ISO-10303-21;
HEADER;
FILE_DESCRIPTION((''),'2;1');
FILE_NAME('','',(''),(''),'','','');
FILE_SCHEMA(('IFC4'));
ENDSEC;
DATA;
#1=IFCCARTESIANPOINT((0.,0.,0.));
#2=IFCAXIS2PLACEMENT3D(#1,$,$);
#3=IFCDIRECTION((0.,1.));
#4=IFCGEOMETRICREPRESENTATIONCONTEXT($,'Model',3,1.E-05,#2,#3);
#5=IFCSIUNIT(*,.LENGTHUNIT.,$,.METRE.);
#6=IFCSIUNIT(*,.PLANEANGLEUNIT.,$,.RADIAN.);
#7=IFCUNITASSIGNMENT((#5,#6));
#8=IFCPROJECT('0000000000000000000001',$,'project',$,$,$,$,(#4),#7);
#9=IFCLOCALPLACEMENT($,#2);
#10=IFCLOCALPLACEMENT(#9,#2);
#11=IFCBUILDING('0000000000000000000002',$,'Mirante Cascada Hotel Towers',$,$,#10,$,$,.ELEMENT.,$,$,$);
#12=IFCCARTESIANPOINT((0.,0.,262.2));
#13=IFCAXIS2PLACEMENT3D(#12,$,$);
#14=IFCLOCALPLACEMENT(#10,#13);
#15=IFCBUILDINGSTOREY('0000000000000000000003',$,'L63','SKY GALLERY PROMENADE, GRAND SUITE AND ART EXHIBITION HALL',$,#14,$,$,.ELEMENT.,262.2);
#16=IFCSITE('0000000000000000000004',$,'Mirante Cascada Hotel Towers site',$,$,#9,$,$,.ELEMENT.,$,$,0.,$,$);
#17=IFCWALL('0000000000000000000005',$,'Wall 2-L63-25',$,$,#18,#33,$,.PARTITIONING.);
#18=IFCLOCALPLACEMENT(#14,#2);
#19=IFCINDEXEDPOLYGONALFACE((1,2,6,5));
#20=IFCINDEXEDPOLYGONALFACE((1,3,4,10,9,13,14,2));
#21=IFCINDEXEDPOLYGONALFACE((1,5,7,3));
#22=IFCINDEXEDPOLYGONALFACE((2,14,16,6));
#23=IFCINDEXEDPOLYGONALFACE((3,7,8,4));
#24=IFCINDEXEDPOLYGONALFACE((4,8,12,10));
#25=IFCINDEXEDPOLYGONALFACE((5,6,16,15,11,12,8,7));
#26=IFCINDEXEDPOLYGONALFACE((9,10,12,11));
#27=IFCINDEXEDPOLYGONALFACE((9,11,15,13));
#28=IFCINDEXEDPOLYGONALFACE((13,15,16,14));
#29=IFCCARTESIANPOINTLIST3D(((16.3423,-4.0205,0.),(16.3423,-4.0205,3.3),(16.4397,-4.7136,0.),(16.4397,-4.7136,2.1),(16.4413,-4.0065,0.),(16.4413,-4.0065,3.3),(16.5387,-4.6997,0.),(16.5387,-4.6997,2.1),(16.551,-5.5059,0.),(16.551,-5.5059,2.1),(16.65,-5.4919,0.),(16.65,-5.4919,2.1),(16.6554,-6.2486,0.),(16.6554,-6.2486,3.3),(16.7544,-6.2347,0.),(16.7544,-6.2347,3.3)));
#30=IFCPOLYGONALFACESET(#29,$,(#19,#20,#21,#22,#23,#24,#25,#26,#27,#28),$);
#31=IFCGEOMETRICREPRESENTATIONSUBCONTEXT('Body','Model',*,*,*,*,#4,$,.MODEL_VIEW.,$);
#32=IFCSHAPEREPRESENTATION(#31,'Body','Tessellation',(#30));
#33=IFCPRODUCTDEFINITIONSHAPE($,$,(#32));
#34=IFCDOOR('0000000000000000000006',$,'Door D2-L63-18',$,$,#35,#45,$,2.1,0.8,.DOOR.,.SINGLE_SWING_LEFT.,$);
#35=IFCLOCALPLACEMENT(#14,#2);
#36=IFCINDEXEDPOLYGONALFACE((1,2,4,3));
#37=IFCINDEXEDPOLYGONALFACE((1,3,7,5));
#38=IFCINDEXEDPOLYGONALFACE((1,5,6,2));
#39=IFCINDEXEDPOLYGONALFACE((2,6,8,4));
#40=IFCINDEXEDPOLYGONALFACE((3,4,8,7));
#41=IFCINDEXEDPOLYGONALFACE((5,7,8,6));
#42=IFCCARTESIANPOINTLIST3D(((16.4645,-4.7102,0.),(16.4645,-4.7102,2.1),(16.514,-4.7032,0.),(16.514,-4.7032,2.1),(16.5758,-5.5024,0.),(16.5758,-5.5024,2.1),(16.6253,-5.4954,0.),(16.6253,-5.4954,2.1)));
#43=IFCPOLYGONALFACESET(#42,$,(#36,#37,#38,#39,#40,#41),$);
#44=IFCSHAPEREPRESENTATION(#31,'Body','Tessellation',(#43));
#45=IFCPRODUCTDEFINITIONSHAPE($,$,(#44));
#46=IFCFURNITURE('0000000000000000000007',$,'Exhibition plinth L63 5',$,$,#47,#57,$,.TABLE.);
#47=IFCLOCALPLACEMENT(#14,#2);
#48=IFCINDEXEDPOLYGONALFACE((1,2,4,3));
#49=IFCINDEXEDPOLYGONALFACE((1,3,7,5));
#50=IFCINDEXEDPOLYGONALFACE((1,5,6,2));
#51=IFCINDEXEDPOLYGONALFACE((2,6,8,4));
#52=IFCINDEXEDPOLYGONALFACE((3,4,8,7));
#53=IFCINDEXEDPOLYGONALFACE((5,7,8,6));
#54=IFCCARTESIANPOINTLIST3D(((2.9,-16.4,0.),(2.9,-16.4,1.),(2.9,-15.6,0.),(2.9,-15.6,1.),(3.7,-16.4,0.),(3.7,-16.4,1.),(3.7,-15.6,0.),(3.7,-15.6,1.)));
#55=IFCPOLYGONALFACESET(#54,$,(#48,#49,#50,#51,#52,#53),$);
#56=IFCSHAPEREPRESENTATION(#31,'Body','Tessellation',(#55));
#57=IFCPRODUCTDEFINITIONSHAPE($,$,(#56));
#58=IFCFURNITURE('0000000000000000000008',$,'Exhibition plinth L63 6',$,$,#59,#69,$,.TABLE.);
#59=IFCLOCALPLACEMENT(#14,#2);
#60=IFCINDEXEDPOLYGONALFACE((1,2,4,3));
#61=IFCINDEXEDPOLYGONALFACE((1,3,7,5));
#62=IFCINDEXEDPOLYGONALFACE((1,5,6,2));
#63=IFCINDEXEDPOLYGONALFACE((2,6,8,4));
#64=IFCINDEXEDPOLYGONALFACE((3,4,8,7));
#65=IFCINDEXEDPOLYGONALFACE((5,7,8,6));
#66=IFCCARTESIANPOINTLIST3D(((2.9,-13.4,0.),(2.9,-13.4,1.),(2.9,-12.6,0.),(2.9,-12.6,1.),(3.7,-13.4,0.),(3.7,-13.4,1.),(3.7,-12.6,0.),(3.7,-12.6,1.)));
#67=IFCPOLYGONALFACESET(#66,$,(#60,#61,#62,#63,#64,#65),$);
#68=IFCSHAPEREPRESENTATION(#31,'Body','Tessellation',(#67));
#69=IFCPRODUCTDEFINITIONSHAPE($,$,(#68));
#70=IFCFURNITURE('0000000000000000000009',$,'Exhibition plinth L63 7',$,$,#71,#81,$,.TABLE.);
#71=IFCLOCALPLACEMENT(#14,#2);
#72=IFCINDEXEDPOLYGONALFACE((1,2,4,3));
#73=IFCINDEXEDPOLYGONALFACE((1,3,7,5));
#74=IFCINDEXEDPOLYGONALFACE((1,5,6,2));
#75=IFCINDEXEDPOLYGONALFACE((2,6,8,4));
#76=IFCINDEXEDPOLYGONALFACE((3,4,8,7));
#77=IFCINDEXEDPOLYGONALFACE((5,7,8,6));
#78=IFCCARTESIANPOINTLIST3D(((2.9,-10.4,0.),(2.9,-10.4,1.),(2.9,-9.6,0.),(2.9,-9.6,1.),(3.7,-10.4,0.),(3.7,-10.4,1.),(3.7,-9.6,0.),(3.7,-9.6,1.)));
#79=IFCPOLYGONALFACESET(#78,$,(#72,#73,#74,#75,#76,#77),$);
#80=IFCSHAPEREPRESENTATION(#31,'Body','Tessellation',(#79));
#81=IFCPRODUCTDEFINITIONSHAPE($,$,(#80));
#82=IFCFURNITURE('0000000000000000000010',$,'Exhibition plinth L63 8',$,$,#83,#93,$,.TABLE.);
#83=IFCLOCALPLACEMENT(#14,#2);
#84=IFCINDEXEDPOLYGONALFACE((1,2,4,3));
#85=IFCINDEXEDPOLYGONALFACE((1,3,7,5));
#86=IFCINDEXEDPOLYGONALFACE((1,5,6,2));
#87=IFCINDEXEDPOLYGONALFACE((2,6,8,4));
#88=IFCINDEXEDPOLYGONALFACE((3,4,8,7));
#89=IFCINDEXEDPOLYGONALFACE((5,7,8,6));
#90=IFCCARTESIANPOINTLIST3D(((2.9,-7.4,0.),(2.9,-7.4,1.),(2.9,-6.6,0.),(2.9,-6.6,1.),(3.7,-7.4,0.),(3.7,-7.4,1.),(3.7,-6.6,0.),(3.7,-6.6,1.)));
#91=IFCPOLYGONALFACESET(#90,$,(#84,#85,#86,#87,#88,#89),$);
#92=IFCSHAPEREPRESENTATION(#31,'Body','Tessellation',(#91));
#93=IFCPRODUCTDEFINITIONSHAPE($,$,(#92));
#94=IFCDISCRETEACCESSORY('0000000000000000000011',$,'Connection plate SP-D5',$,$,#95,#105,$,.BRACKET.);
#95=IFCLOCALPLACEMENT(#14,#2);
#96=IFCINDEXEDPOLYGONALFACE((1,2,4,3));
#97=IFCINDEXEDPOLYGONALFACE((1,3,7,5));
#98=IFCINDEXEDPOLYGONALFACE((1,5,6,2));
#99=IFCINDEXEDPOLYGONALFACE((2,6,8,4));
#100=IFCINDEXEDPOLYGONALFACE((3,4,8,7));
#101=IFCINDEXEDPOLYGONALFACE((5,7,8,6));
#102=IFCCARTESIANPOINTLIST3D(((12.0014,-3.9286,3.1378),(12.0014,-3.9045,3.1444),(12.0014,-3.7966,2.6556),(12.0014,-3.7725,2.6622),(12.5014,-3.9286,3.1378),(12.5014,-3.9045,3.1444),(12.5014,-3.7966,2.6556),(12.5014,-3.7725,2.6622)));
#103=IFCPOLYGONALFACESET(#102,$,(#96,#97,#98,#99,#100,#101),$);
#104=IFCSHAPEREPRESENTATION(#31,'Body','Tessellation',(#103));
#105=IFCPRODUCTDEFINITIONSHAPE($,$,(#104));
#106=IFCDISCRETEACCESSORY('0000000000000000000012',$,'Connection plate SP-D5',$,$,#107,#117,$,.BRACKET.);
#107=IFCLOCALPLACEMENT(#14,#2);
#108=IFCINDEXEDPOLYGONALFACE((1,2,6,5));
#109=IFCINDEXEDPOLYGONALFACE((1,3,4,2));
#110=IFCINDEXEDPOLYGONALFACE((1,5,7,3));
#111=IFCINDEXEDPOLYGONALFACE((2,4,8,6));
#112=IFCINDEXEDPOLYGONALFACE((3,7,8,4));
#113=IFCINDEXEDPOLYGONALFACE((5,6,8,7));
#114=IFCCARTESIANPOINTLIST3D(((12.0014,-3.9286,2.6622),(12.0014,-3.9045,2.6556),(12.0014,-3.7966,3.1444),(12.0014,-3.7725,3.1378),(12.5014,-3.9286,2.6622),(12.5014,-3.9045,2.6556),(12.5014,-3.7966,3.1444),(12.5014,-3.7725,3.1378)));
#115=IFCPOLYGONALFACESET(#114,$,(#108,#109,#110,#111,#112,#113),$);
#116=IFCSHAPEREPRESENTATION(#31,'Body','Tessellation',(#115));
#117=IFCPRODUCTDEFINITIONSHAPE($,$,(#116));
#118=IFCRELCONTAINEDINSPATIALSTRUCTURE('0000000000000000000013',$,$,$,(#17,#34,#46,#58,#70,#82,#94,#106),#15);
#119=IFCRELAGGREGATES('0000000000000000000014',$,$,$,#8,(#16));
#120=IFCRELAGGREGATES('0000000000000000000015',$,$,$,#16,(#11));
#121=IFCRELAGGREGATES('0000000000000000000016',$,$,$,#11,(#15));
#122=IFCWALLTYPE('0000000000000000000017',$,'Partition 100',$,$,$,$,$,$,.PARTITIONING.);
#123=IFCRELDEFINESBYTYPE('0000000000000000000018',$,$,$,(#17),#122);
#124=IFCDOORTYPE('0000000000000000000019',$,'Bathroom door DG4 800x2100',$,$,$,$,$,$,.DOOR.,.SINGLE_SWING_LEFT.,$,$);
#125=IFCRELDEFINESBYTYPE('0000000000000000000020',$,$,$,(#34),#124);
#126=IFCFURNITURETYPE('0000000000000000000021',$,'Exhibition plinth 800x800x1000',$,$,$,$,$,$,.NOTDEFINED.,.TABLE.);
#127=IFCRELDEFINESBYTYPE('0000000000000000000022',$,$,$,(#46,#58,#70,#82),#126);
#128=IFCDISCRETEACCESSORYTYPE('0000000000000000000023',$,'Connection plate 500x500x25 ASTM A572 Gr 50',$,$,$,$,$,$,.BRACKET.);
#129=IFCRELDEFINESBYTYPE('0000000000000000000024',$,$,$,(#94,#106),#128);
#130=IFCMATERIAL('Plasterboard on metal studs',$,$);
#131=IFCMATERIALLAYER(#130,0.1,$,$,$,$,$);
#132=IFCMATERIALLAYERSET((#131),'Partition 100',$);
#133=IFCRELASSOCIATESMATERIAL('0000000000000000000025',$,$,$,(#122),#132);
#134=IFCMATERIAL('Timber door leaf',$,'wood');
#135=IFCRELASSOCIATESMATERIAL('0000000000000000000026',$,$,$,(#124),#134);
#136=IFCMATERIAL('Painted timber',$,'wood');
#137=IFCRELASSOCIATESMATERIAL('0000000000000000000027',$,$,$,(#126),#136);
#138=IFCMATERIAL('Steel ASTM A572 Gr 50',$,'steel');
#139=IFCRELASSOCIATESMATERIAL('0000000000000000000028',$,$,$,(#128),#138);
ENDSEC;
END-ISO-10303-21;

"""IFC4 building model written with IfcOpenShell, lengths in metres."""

from ifc_helpers import new_model, si_unit, direction, frame, frame_2d, origin, origin_2d, place, context, subcontext, project, spatial, rectangle, extrude, material, layer, layer_set, material_profile, profile_set, type_object, element, fill, save


model = new_model("IFC4")

# Units and contexts
model_context = context("Model", 3, precision=1e-05, world=origin(), true_north=direction((0.0, 1.0)))
body_context = subcontext(model_context, "Body", "Model", "MODEL_VIEW")
ifc_project = project(units=[si_unit("LENGTHUNIT", "METRE"), si_unit("PLANEANGLEUNIT", "RADIAN")], contexts=[model_context])

# Site, building, storey
site_placement = place(None, origin())
site = spatial("IfcSite", under=ifc_project, at=site_placement, Name="Mirante Cascada Hotel Towers site", CompositionType="ELEMENT", RefElevation=0.0)
building_placement = place(site_placement, origin())
building = spatial("IfcBuilding", under=site, at=building_placement, Name="Mirante Cascada Hotel Towers", CompositionType="ELEMENT")
storey_placement = place(building_placement, frame((0.0, 0.0, 262.2)))
storey = spatial("IfcBuildingStorey", under=building, at=storey_placement, Name="L63", Description="SKY GALLERY PROMENADE, GRAND SUITE AND ART EXHIBITION HALL", CompositionType="ELEMENT", Elevation=262.2)

# Shared definitions
ifc_material_1 = material(Name="Plasterboard on metal studs")
ifc_layer_1 = layer(ifc_material_1, 0.1)
ifc_layer_set_1 = layer_set([ifc_layer_1], Name="Partition 100")
wall_type_1 = type_object("IfcWallType", Name="Partition 100", PredefinedType="PARTITIONING", material=ifc_layer_set_1)

# Wall, opening, door
wall_1_placement = place(storey_placement, frame((16.3918, -4.0135, 0.0), z_axis=(0.0, 0.0, 1.0), x_axis=(0.139156, -0.990271, 0.0)))
wall_1 = element("IfcWall", 1, at=wall_1_placement, inside=storey, type_object=wall_type_1, Name="Wall 2-L63-25", PredefinedType="PARTITIONING", context=body_context, shape_type="SweptSolid", body=[
    extrude(rectangle(XDim=2.25, YDim=0.1, at=frame_2d((1.125, 0.0))), origin(), (0.0, 0.0, 1.0), 3.3),
])
opening_1_placement = place(wall_1_placement, frame((0.7, 0.0, 0.0)))
opening_1 = element("IfcOpeningElement", 2, at=opening_1_placement, cuts=wall_1, PredefinedType="OPENING", context=body_context, shape_type="SweptSolid", body=[
    extrude(rectangle(XDim=0.8, YDim=2.1, at=frame_2d((0.4, 1.05))), frame((0.0, 0.05, 0.0), z_axis=(0.0, -1.0, 0.0), x_axis=(1.0, 0.0, 0.0)), (0.0, 0.0, 1.0), 0.1),
])
ifc_material_2 = material(Name="Timber door leaf", Category="wood")
door_type_1 = type_object("IfcDoorType", Name="Bathroom door DG4 800x2100", OperationType="SINGLE_SWING_LEFT", PredefinedType="DOOR", material=ifc_material_2)
door_1_placement = place(opening_1_placement, origin())
door_1 = element("IfcDoor", 3, at=door_1_placement, inside=storey, type_object=door_type_1, Name="Door D2-L63-18", OperationType="SINGLE_SWING_LEFT", OverallHeight=2.1, OverallWidth=0.8, PredefinedType="DOOR", context=body_context, shape_type="SweptSolid", body=[
    extrude(rectangle(XDim=0.8, YDim=2.1, at=frame_2d((0.4, 1.05))), frame((0.0, 0.025, 0.0), z_axis=(0.0, -1.0, 0.0), x_axis=(1.0, 0.0, 0.0)), (0.0, 0.0, 1.0), 0.05),
])
fill(opening_1, door_1)

# Furniture
ifc_material_3 = material(Name="Painted timber", Category="wood")
furniture_type = type_object("IfcFurnitureType", Name="Exhibition plinth 800x800x1000", AssemblyPlace="NOTDEFINED", PredefinedType="TABLE", material=ifc_material_3)
for number, where, z_axis, x_axis, name in (
    (4, (3.3, -16.0, 0.0), (0.0, 0.0, 1.0), (1.0, 0.0, 0.0), "Exhibition plinth L63 5"),
    (5, (3.3, -13.0, 0.0), (0.0, 0.0, 1.0), (1.0, 0.0, 0.0), "Exhibition plinth L63 6"),
    (6, (3.3, -10.0, 0.0), (0.0, 0.0, 1.0), (1.0, 0.0, 0.0), "Exhibition plinth L63 7"),
    (7, (3.3, -7.0, 0.0), (0.0, 0.0, 1.0), (1.0, 0.0, 0.0), "Exhibition plinth L63 8"),
):
    element("IfcFurniture", number, at=place(storey_placement, frame(where, z_axis=z_axis, x_axis=x_axis)), inside=storey, type_object=furniture_type, Name=name, PredefinedType="TABLE", context=body_context, shape_type="SweptSolid", body=[
        extrude(rectangle(XDim=0.8, YDim=0.8, at=origin_2d()), origin(), (0.0, 0.0, 1.0), 1.0),
    ])

# Discrete accessories
ifc_material_4 = material(Name="Steel ASTM A572 Gr 50", Category="steel")
ifc_material_profile_1 = material_profile(ifc_material_4, rectangle(XDim=0.5, YDim=0.5, at=origin_2d()), Name="Connection plate 500x500x25 ASTM A572 Gr 50")
ifc_profile_set_1 = profile_set([ifc_material_profile_1], Name="Steel ASTM A572 Gr 50")
discrete_accessory_type = type_object("IfcDiscreteAccessoryType", Name="Connection plate 500x500x25 ASTM A572 Gr 50", PredefinedType="BRACKET", material=ifc_profile_set_1)
for number, where, z_axis, x_axis, name in (
    (8, (12.2514, -3.8626, 2.8967), (0.0, 0.964486, 0.264133), (-1.0, 0.0, 0.0), "Connection plate SP-D5"),
    (9, (12.2514, -3.8385, 2.8967), (0.0, -0.964486, 0.264133), (1.0, 0.0, 0.0), "Connection plate SP-D5"),
):
    element("IfcDiscreteAccessory", number, at=place(storey_placement, frame(where, z_axis=z_axis, x_axis=x_axis)), inside=storey, type_object=discrete_accessory_type, Name=name, PredefinedType="BRACKET", context=body_context, shape_type="SweptSolid", body=[
        extrude(rectangle(XDim=0.5, YDim=0.5, at=origin_2d()), origin(), (0.0, 0.0, 1.0), 0.025),
    ])

save(model, "model.ifc")
